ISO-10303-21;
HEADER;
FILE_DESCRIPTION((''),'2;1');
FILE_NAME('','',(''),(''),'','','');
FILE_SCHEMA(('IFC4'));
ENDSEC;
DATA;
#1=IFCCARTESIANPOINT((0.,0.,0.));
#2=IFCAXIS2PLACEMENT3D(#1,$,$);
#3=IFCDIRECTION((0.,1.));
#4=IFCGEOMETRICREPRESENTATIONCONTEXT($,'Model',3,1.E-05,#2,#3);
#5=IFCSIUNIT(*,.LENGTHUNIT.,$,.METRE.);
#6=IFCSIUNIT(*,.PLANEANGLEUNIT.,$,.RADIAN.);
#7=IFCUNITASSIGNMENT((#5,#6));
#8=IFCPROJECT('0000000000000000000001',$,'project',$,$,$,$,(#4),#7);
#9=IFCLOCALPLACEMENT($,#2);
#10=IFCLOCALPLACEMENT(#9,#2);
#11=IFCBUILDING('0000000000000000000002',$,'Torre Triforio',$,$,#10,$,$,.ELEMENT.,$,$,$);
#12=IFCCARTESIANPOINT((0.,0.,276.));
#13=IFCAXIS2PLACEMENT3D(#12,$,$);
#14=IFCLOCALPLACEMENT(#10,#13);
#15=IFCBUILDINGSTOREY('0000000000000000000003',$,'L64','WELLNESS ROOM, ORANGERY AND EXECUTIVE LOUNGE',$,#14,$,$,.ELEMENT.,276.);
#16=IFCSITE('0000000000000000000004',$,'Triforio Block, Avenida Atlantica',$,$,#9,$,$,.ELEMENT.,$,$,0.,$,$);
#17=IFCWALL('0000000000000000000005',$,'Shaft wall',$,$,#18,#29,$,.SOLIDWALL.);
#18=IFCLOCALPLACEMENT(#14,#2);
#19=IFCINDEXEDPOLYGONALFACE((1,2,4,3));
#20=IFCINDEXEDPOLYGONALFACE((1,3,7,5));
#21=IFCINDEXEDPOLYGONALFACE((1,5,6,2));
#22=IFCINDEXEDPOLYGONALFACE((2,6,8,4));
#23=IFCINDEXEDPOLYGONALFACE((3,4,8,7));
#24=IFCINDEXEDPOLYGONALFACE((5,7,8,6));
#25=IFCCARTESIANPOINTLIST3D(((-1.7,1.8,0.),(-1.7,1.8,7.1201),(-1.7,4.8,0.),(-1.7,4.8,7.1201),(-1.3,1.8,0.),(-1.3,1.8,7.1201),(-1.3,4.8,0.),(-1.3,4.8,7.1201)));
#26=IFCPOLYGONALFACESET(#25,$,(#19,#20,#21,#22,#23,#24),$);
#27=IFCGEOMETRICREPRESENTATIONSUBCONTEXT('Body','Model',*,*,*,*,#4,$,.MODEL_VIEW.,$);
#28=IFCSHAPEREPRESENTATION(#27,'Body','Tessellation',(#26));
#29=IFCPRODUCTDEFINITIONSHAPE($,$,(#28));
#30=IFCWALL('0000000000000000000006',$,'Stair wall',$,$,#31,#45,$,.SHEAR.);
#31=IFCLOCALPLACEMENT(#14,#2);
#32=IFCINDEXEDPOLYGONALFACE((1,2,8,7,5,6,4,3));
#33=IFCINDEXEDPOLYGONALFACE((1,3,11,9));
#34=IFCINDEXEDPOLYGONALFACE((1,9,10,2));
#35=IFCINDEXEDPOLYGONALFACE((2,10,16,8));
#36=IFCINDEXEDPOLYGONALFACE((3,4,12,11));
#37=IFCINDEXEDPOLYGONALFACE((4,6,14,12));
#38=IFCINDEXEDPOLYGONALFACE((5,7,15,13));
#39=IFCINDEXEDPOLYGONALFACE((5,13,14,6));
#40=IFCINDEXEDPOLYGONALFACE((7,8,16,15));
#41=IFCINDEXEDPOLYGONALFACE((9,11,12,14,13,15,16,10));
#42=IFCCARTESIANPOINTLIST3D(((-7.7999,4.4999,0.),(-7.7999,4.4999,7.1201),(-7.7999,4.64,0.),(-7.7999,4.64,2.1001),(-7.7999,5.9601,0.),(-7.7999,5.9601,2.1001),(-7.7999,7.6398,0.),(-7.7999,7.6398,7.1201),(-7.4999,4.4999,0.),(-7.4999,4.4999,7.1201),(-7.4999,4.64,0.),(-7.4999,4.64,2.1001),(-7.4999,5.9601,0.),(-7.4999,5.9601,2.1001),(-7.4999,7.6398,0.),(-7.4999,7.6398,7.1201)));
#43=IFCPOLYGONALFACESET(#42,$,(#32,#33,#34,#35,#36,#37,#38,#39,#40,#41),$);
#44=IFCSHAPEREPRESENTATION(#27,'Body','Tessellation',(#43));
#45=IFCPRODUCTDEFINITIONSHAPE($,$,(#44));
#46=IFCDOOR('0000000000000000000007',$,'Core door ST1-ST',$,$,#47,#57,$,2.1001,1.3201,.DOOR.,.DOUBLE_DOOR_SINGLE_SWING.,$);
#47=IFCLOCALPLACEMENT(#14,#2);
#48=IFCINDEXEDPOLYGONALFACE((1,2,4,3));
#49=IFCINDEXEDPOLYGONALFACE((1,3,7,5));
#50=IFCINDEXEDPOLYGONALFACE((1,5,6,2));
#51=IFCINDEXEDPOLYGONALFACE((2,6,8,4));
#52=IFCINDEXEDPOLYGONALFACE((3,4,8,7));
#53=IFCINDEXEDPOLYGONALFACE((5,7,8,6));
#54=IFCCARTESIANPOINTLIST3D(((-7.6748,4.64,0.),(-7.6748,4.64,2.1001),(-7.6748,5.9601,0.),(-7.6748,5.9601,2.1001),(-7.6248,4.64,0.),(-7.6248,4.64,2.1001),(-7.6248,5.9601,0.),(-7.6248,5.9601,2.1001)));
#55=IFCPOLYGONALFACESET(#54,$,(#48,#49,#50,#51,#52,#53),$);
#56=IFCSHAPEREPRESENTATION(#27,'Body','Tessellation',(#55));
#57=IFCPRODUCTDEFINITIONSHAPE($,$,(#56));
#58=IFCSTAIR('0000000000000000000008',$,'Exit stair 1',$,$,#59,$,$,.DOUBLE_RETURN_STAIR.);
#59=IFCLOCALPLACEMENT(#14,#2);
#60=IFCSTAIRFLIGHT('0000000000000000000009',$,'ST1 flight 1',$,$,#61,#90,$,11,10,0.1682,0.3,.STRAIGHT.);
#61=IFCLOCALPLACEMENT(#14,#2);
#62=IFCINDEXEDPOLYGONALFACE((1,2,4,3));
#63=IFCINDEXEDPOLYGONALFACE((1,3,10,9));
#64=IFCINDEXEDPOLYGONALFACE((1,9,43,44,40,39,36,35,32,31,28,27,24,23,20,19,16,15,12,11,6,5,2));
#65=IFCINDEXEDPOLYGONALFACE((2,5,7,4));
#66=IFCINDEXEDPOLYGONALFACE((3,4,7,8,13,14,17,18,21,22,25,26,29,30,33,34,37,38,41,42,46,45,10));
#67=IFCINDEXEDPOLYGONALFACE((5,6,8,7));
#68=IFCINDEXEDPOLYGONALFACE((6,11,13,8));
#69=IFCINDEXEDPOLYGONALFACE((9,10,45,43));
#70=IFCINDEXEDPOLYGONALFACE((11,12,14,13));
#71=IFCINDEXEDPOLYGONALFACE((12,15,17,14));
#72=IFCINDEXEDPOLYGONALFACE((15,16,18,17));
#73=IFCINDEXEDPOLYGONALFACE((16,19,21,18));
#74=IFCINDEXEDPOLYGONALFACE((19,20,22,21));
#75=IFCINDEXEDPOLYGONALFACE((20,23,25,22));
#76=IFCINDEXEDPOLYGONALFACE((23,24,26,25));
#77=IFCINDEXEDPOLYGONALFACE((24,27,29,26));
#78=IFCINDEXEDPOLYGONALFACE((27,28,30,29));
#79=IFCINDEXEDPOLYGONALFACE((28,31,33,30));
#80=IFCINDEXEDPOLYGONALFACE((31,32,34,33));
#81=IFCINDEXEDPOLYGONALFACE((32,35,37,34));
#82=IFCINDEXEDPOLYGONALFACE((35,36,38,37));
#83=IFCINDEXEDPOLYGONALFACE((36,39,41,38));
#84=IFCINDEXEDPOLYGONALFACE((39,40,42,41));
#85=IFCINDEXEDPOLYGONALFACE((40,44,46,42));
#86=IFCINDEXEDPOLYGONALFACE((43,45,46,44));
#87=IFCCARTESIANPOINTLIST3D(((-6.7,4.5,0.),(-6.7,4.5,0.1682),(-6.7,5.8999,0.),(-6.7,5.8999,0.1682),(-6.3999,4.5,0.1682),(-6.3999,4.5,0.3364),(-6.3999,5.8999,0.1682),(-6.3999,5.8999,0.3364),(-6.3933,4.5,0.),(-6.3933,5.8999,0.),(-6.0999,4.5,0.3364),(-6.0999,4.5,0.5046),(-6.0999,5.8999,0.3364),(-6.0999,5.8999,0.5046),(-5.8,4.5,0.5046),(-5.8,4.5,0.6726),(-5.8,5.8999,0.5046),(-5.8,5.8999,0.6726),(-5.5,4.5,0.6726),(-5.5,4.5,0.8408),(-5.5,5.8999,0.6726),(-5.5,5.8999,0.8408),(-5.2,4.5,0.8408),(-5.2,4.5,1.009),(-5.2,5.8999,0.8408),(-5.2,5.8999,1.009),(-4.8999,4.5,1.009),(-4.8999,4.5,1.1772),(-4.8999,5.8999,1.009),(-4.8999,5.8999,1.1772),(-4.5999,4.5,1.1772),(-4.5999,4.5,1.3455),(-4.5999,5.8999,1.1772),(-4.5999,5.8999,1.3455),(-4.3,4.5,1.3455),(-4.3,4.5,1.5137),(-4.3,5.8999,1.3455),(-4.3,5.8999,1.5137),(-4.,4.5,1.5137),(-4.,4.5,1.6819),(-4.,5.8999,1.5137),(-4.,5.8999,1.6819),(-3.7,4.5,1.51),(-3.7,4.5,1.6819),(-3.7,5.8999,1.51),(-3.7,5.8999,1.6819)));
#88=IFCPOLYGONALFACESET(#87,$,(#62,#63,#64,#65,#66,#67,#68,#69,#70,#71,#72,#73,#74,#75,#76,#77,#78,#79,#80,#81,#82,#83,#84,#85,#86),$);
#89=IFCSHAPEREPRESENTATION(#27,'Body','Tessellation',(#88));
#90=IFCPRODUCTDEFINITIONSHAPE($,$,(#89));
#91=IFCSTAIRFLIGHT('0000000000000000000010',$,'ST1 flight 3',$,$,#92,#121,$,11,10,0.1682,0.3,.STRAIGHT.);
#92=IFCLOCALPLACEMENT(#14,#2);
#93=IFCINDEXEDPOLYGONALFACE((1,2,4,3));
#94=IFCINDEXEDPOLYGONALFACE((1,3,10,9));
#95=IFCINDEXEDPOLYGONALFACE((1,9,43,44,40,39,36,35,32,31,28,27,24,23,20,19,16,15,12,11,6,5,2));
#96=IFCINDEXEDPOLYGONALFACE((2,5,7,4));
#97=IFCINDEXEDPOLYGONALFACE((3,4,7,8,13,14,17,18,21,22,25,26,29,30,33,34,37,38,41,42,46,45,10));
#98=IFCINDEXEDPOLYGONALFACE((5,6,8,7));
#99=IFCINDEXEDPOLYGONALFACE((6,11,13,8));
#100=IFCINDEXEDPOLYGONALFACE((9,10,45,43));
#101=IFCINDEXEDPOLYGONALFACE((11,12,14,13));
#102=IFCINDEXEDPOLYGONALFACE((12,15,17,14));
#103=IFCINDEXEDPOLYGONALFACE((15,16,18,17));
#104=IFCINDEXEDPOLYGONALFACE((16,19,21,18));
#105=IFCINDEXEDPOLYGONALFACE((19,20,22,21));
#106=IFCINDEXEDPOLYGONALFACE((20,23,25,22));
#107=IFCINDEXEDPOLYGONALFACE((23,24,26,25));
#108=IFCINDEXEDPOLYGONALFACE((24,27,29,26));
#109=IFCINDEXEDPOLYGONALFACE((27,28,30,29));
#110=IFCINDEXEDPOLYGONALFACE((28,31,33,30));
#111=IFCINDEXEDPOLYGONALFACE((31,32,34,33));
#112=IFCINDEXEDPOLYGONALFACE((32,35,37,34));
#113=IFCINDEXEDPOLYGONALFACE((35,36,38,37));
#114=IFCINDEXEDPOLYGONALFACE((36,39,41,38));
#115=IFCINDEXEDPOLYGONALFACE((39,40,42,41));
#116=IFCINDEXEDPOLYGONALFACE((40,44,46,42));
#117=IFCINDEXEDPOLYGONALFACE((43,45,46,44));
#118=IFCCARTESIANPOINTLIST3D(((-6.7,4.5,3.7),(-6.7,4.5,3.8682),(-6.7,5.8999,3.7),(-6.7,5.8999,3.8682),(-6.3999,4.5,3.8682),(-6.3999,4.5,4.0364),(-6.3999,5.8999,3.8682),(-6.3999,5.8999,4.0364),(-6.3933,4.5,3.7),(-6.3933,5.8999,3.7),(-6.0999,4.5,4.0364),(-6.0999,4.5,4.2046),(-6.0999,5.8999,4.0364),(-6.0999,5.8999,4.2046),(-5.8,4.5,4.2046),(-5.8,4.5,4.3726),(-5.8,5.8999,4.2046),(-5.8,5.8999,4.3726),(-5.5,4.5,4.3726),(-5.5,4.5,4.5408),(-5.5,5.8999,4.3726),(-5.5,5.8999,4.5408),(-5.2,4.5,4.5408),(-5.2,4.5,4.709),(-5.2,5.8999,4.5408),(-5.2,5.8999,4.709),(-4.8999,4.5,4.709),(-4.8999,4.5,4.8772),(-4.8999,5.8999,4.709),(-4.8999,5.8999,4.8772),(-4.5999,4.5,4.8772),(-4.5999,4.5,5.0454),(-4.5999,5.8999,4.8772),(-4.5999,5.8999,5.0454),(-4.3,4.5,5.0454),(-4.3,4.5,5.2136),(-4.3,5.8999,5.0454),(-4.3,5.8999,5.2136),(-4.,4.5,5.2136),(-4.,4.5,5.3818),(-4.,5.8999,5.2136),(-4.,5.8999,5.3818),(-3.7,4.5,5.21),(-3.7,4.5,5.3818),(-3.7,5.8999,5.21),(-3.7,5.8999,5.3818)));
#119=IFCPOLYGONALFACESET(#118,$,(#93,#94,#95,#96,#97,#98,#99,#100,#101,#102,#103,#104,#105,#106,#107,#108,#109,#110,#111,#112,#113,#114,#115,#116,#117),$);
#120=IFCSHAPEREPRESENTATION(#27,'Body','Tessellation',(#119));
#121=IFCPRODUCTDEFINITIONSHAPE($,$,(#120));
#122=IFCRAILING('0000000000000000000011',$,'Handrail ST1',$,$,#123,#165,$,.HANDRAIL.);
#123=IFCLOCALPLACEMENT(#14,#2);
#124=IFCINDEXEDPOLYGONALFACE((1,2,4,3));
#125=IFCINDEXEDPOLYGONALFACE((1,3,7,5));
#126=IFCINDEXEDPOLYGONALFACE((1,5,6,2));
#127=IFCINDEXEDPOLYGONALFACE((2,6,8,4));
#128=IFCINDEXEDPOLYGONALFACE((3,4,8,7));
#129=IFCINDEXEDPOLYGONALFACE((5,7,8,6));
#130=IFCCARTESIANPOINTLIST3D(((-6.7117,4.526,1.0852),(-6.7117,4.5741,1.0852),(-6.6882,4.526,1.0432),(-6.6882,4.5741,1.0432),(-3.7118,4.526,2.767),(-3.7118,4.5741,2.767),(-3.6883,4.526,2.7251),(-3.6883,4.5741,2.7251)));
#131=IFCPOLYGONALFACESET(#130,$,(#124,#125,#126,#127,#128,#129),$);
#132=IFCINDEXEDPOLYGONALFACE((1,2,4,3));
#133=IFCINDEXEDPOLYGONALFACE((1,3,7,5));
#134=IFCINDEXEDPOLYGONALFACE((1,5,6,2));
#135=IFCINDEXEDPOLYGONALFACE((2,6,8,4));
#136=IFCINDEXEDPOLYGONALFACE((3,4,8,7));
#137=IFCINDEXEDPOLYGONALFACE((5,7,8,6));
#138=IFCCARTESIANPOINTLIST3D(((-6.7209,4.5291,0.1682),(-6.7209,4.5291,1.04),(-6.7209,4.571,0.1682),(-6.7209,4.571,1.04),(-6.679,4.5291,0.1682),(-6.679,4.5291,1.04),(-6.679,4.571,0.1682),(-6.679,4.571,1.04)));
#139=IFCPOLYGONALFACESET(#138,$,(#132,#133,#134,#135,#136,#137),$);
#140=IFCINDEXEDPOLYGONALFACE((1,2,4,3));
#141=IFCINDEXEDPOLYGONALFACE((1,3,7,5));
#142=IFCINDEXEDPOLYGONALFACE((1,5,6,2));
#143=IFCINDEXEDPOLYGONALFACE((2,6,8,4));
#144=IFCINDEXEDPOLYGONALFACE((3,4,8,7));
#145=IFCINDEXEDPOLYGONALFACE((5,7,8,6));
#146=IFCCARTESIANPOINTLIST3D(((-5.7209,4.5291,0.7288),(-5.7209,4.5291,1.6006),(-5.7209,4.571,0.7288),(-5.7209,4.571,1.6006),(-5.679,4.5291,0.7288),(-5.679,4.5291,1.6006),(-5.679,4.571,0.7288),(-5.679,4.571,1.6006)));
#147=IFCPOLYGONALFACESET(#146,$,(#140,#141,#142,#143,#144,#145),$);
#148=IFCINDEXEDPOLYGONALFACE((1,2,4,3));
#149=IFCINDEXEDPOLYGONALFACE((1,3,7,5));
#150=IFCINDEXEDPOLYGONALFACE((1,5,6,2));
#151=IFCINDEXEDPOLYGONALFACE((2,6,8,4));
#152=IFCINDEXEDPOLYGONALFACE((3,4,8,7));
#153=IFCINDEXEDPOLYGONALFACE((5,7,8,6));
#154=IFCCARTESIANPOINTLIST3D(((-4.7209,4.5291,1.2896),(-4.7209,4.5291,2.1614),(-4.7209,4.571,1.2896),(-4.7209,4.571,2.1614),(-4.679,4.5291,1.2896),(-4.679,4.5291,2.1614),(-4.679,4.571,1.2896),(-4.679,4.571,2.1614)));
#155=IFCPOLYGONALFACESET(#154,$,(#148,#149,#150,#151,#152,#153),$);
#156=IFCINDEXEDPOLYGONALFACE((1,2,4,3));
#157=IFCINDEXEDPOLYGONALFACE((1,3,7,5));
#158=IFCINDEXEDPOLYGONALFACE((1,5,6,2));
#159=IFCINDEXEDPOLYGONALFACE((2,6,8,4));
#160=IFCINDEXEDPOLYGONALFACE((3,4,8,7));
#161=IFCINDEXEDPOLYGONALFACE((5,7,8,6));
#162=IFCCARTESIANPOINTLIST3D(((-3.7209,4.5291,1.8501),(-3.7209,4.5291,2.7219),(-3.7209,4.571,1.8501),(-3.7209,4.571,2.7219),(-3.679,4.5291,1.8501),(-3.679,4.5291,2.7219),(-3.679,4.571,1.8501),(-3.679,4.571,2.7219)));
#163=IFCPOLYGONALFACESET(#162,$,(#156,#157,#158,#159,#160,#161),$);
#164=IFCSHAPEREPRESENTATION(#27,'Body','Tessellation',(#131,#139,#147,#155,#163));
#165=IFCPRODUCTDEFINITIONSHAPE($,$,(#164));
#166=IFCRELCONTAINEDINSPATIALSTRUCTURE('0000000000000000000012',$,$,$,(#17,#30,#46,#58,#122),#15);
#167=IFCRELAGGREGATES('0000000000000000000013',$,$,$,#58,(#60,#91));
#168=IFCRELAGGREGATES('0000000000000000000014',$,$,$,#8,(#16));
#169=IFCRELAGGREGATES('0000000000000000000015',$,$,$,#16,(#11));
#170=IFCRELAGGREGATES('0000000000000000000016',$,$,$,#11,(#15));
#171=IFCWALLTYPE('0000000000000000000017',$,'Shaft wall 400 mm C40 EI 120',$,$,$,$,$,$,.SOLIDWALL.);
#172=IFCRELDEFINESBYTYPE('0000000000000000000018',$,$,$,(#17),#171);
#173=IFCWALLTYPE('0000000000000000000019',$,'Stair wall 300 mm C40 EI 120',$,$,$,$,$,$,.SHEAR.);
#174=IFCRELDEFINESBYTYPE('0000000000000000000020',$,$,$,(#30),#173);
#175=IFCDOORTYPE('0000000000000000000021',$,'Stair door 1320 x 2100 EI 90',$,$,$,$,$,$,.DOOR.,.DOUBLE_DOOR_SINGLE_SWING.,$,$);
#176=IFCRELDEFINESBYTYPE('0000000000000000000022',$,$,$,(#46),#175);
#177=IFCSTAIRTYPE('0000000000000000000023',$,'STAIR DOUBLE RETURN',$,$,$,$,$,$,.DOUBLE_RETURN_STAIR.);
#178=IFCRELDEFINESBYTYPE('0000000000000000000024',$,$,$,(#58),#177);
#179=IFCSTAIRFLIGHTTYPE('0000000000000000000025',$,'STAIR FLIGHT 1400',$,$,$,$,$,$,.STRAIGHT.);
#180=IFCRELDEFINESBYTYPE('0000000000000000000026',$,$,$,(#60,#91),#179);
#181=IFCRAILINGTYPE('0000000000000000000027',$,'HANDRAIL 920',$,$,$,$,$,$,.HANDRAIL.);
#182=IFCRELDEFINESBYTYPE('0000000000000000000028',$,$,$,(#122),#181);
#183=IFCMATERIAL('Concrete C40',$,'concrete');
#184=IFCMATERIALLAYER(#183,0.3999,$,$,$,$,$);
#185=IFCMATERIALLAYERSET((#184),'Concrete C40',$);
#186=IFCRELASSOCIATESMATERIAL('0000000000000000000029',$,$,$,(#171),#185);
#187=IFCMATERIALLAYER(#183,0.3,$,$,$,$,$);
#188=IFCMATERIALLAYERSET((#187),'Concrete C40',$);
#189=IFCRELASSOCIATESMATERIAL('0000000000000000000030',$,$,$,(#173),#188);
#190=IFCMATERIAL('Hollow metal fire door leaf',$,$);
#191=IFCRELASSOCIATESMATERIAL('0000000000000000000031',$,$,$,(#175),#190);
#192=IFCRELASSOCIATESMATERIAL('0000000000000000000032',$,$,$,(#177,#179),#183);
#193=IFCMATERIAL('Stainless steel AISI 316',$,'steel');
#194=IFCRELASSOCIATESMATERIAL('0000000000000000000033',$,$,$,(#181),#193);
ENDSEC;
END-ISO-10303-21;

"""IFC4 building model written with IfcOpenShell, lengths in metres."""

from ifc_helpers import new_model, si_unit, direction, frame, frame_2d, origin, origin_2d, place, context, subcontext, project, spatial, polyline, rectangle, outline, extrude, material, layer, layer_set, type_object, element, fill, aggregate, save


model = new_model("IFC4")

# Units and contexts
model_context = context("Model", 3, precision=1e-05, world=origin(), true_north=direction((0.0, 1.0)))
body_context = subcontext(model_context, "Body", "Model", "MODEL_VIEW")
ifc_project = project(units=[si_unit("LENGTHUNIT", "METRE"), si_unit("PLANEANGLEUNIT", "RADIAN")], contexts=[model_context])

# Site, building, storey
site_placement = place(None, origin())
site = spatial("IfcSite", under=ifc_project, at=site_placement, Name="Triforio Block, Avenida Atlantica", CompositionType="ELEMENT", RefElevation=0.0)
building_placement = place(site_placement, origin())
building = spatial("IfcBuilding", under=site, at=building_placement, Name="Torre Triforio", CompositionType="ELEMENT")
storey_placement = place(building_placement, frame((0.0, 0.0, 276.0)))
storey = spatial("IfcBuildingStorey", under=building, at=storey_placement, Name="L64", Description="WELLNESS ROOM, ORANGERY AND EXECUTIVE LOUNGE", CompositionType="ELEMENT", Elevation=276.0)

# Shared definitions
ifc_material_1 = material(Name="Concrete C40", Category="concrete")

# Shared definitions
ifc_material_2 = material(Name="Hollow metal fire door leaf")

# Wall
ifc_layer_1 = layer(ifc_material_1, 0.3999)
ifc_layer_set_1 = layer_set([ifc_layer_1], Name="Concrete C40")
wall_type_1 = type_object("IfcWallType", Name="Shaft wall 400 mm C40 EI 120", PredefinedType="SOLIDWALL", material=ifc_layer_set_1)
wall_1_placement = place(storey_placement, frame((-1.5, 1.8, 0.0), z_axis=(0.0, 0.0, 1.0), x_axis=(0.0, 1.0, 0.0)))
element("IfcWall", 1, at=wall_1_placement, inside=storey, type_object=wall_type_1, Name="Shaft wall", PredefinedType="SOLIDWALL", context=body_context, shape_type="SweptSolid", body=[
    extrude(rectangle(XDim=3.0, YDim=0.3999, at=frame_2d((1.5, 0.0))), origin(), (0.0, 0.0, 1.0), 7.1201),
])

# Wall, opening, door
ifc_layer_2 = layer(ifc_material_1, 0.3)
ifc_layer_set_2 = layer_set([ifc_layer_2], Name="Concrete C40")
wall_type_2 = type_object("IfcWallType", Name="Stair wall 300 mm C40 EI 120", PredefinedType="SHEAR", material=ifc_layer_set_2)
wall_2_placement = place(storey_placement, frame((-7.6499, 4.5, 0.0), z_axis=(0.0, 0.0, 1.0), x_axis=(0.0, 1.0, 0.0)))
wall_2 = element("IfcWall", 2, at=wall_2_placement, inside=storey, type_object=wall_type_2, Name="Stair wall", PredefinedType="SHEAR", context=body_context, shape_type="SweptSolid", body=[
    extrude(rectangle(XDim=3.1399, YDim=0.3, at=frame_2d((1.5698, 0.0))), origin(), (0.0, 0.0, 1.0), 7.1201),
])
opening_1_placement = place(wall_2_placement, frame((0.1399, 0.0, 0.0)))
opening_1 = element("IfcOpeningElement", 3, at=opening_1_placement, cuts=wall_2, PredefinedType="OPENING", context=body_context, shape_type="SweptSolid", body=[
    extrude(rectangle(XDim=1.3201, YDim=2.1001, at=frame_2d((0.6602, 1.05))), frame((0.0, 0.1599, 0.0), z_axis=(0.0, -1.0, 0.0), x_axis=(1.0, 0.0, 0.0)), (0.0, 0.0, 1.0), 0.3201),
])
door_type_1 = type_object("IfcDoorType", Name="Stair door 1320 x 2100 EI 90", OperationType="DOUBLE_DOOR_SINGLE_SWING", PredefinedType="DOOR", material=ifc_material_2)
door_1_placement = place(opening_1_placement, origin())
door_1 = element("IfcDoor", 4, at=door_1_placement, inside=storey, type_object=door_type_1, Name="Core door ST1-ST", OperationType="DOUBLE_DOOR_SINGLE_SWING", OverallHeight=2.1001, OverallWidth=1.3201, PredefinedType="DOOR", context=body_context, shape_type="SweptSolid", body=[
    extrude(rectangle(XDim=1.3201, YDim=2.1001, at=frame_2d((0.6602, 1.05))), frame((0.0, 0.0249, 0.0), z_axis=(0.0, -1.0, 0.0), x_axis=(1.0, 0.0, 0.0)), (0.0, 0.0, 1.0), 0.05),
])
fill(opening_1, door_1)

# Stair, stair flights
stair_type = type_object("IfcStairType", Name="STAIR DOUBLE RETURN", PredefinedType="DOUBLE_RETURN_STAIR", material=ifc_material_1)
stair_placement = place(storey_placement, origin())
stair = element("IfcStair", 5, at=stair_placement, inside=storey, type_object=stair_type, Name="Exit stair 1", PredefinedType="DOUBLE_RETURN_STAIR")
stair_flight_type = type_object("IfcStairFlightType", Name="STAIR FLIGHT 1400", PredefinedType="STRAIGHT", material=ifc_material_1)
stair_flight_1_placement = place(storey_placement, frame((-6.7, 5.2, 0.0), z_axis=(0.0, 0.0, 1.0), x_axis=(1.0, 0.0, 0.0)))
stair_flight_1 = element("IfcStairFlight", 6, at=stair_flight_1_placement, type_object=stair_flight_type, Name="ST1 flight 1", NumberOfRisers=11, NumberOfTreads=10, PredefinedType="STRAIGHT", RiserHeight=0.1682, TreadLength=0.3, context=body_context, shape_type="SweptSolid", body=[
    extrude(outline(polyline([(0.0, 0.0), (0.0, 0.1682), (0.3, 0.1682), (0.3, 0.3364), (0.6001, 0.3364), (0.6001, 0.5046), (0.8999, 0.5046), (0.8999, 0.6726), (1.2, 0.6726), (1.2, 0.8408), (1.5, 0.8408), (1.5, 1.009), (1.8, 1.009), (1.8, 1.1772), (2.1001, 1.1772), (2.1001, 1.3455), (2.3999, 1.3455), (2.3999, 1.5137), (2.7, 1.5137), (2.7, 1.6819), (3.0, 1.6819), (3.0, 1.8501), (3.0, 1.51), (0.3066, 0.0), (0.0, 0.0)])), frame((0.0, 0.7, 0.0), z_axis=(0.0, -1.0, 0.0), x_axis=(1.0, 0.0, 0.0)), (0.0, 0.0, 1.0), 1.3999),
])
stair_flight_2_placement = place(storey_placement, frame((-6.7, 5.2, 3.7), z_axis=(0.0, 0.0, 1.0), x_axis=(1.0, 0.0, 0.0)))
stair_flight_2 = element("IfcStairFlight", 7, at=stair_flight_2_placement, type_object=stair_flight_type, Name="ST1 flight 3", NumberOfRisers=11, NumberOfTreads=10, PredefinedType="STRAIGHT", RiserHeight=0.1682, TreadLength=0.3, context=body_context, shape_type="SweptSolid", body=[
    extrude(outline(polyline([(0.0, 0.0), (0.0, 0.1682), (0.3, 0.1682), (0.3, 0.3364), (0.6001, 0.3364), (0.6001, 0.5046), (0.8999, 0.5046), (0.8999, 0.6726), (1.2, 0.6726), (1.2, 0.8408), (1.5, 0.8408), (1.5, 1.009), (1.8, 1.009), (1.8, 1.1772), (2.1001, 1.1772), (2.1001, 1.3455), (2.3999, 1.3455), (2.3999, 1.5137), (2.7, 1.5137), (2.7, 1.6819), (3.0, 1.6819), (3.0, 1.8501), (3.0, 1.51), (0.3066, 0.0), (0.0, 0.0)])), frame((0.0, 0.7, 0.0), z_axis=(0.0, -1.0, 0.0), x_axis=(1.0, 0.0, 0.0)), (0.0, 0.0, 1.0), 1.3999),
])
aggregate(stair, [stair_flight_1, stair_flight_2])

# Railing
ifc_material_3 = material(Name="Stainless steel AISI 316", Category="steel")
railing_type = type_object("IfcRailingType", Name="HANDRAIL 920", PredefinedType="HANDRAIL", material=ifc_material_3)
for number, where, name in (
    (8, (-6.7, 4.55, 0.1682), "Handrail ST1"),
):
    element("IfcRailing", number, at=place(storey_placement, frame(where)), inside=storey, type_object=railing_type, Name=name, PredefinedType="HANDRAIL", context=body_context, shape_type="SweptSolid", body=[
        extrude(rectangle(XDim=0.0481, YDim=0.0481, at=origin_2d()), frame((0.0, 0.0, 0.896), z_axis=(0.872272, 0.0, 0.48902), x_axis=(0.0, 1.0, 0.0)), (0.0, 0.0, 1.0), 3.4392),
        extrude(rectangle(XDim=0.042, YDim=0.042, at=origin_2d()), origin(), (0.0, 0.0, 1.0), 0.8718),
        extrude(rectangle(XDim=0.042, YDim=0.042, at=origin_2d()), frame((1.0, 0.0, 0.5605)), (0.0, 0.0, 1.0), 0.8718),
        extrude(rectangle(XDim=0.042, YDim=0.042, at=origin_2d()), frame((2.0, 0.0, 1.1213)), (0.0, 0.0, 1.0), 0.8718),
        extrude(rectangle(XDim=0.042, YDim=0.042, at=origin_2d()), frame((3.0, 0.0, 1.6819)), (0.0, 0.0, 1.0), 0.8718),
    ])

save(model, "model.ifc")
